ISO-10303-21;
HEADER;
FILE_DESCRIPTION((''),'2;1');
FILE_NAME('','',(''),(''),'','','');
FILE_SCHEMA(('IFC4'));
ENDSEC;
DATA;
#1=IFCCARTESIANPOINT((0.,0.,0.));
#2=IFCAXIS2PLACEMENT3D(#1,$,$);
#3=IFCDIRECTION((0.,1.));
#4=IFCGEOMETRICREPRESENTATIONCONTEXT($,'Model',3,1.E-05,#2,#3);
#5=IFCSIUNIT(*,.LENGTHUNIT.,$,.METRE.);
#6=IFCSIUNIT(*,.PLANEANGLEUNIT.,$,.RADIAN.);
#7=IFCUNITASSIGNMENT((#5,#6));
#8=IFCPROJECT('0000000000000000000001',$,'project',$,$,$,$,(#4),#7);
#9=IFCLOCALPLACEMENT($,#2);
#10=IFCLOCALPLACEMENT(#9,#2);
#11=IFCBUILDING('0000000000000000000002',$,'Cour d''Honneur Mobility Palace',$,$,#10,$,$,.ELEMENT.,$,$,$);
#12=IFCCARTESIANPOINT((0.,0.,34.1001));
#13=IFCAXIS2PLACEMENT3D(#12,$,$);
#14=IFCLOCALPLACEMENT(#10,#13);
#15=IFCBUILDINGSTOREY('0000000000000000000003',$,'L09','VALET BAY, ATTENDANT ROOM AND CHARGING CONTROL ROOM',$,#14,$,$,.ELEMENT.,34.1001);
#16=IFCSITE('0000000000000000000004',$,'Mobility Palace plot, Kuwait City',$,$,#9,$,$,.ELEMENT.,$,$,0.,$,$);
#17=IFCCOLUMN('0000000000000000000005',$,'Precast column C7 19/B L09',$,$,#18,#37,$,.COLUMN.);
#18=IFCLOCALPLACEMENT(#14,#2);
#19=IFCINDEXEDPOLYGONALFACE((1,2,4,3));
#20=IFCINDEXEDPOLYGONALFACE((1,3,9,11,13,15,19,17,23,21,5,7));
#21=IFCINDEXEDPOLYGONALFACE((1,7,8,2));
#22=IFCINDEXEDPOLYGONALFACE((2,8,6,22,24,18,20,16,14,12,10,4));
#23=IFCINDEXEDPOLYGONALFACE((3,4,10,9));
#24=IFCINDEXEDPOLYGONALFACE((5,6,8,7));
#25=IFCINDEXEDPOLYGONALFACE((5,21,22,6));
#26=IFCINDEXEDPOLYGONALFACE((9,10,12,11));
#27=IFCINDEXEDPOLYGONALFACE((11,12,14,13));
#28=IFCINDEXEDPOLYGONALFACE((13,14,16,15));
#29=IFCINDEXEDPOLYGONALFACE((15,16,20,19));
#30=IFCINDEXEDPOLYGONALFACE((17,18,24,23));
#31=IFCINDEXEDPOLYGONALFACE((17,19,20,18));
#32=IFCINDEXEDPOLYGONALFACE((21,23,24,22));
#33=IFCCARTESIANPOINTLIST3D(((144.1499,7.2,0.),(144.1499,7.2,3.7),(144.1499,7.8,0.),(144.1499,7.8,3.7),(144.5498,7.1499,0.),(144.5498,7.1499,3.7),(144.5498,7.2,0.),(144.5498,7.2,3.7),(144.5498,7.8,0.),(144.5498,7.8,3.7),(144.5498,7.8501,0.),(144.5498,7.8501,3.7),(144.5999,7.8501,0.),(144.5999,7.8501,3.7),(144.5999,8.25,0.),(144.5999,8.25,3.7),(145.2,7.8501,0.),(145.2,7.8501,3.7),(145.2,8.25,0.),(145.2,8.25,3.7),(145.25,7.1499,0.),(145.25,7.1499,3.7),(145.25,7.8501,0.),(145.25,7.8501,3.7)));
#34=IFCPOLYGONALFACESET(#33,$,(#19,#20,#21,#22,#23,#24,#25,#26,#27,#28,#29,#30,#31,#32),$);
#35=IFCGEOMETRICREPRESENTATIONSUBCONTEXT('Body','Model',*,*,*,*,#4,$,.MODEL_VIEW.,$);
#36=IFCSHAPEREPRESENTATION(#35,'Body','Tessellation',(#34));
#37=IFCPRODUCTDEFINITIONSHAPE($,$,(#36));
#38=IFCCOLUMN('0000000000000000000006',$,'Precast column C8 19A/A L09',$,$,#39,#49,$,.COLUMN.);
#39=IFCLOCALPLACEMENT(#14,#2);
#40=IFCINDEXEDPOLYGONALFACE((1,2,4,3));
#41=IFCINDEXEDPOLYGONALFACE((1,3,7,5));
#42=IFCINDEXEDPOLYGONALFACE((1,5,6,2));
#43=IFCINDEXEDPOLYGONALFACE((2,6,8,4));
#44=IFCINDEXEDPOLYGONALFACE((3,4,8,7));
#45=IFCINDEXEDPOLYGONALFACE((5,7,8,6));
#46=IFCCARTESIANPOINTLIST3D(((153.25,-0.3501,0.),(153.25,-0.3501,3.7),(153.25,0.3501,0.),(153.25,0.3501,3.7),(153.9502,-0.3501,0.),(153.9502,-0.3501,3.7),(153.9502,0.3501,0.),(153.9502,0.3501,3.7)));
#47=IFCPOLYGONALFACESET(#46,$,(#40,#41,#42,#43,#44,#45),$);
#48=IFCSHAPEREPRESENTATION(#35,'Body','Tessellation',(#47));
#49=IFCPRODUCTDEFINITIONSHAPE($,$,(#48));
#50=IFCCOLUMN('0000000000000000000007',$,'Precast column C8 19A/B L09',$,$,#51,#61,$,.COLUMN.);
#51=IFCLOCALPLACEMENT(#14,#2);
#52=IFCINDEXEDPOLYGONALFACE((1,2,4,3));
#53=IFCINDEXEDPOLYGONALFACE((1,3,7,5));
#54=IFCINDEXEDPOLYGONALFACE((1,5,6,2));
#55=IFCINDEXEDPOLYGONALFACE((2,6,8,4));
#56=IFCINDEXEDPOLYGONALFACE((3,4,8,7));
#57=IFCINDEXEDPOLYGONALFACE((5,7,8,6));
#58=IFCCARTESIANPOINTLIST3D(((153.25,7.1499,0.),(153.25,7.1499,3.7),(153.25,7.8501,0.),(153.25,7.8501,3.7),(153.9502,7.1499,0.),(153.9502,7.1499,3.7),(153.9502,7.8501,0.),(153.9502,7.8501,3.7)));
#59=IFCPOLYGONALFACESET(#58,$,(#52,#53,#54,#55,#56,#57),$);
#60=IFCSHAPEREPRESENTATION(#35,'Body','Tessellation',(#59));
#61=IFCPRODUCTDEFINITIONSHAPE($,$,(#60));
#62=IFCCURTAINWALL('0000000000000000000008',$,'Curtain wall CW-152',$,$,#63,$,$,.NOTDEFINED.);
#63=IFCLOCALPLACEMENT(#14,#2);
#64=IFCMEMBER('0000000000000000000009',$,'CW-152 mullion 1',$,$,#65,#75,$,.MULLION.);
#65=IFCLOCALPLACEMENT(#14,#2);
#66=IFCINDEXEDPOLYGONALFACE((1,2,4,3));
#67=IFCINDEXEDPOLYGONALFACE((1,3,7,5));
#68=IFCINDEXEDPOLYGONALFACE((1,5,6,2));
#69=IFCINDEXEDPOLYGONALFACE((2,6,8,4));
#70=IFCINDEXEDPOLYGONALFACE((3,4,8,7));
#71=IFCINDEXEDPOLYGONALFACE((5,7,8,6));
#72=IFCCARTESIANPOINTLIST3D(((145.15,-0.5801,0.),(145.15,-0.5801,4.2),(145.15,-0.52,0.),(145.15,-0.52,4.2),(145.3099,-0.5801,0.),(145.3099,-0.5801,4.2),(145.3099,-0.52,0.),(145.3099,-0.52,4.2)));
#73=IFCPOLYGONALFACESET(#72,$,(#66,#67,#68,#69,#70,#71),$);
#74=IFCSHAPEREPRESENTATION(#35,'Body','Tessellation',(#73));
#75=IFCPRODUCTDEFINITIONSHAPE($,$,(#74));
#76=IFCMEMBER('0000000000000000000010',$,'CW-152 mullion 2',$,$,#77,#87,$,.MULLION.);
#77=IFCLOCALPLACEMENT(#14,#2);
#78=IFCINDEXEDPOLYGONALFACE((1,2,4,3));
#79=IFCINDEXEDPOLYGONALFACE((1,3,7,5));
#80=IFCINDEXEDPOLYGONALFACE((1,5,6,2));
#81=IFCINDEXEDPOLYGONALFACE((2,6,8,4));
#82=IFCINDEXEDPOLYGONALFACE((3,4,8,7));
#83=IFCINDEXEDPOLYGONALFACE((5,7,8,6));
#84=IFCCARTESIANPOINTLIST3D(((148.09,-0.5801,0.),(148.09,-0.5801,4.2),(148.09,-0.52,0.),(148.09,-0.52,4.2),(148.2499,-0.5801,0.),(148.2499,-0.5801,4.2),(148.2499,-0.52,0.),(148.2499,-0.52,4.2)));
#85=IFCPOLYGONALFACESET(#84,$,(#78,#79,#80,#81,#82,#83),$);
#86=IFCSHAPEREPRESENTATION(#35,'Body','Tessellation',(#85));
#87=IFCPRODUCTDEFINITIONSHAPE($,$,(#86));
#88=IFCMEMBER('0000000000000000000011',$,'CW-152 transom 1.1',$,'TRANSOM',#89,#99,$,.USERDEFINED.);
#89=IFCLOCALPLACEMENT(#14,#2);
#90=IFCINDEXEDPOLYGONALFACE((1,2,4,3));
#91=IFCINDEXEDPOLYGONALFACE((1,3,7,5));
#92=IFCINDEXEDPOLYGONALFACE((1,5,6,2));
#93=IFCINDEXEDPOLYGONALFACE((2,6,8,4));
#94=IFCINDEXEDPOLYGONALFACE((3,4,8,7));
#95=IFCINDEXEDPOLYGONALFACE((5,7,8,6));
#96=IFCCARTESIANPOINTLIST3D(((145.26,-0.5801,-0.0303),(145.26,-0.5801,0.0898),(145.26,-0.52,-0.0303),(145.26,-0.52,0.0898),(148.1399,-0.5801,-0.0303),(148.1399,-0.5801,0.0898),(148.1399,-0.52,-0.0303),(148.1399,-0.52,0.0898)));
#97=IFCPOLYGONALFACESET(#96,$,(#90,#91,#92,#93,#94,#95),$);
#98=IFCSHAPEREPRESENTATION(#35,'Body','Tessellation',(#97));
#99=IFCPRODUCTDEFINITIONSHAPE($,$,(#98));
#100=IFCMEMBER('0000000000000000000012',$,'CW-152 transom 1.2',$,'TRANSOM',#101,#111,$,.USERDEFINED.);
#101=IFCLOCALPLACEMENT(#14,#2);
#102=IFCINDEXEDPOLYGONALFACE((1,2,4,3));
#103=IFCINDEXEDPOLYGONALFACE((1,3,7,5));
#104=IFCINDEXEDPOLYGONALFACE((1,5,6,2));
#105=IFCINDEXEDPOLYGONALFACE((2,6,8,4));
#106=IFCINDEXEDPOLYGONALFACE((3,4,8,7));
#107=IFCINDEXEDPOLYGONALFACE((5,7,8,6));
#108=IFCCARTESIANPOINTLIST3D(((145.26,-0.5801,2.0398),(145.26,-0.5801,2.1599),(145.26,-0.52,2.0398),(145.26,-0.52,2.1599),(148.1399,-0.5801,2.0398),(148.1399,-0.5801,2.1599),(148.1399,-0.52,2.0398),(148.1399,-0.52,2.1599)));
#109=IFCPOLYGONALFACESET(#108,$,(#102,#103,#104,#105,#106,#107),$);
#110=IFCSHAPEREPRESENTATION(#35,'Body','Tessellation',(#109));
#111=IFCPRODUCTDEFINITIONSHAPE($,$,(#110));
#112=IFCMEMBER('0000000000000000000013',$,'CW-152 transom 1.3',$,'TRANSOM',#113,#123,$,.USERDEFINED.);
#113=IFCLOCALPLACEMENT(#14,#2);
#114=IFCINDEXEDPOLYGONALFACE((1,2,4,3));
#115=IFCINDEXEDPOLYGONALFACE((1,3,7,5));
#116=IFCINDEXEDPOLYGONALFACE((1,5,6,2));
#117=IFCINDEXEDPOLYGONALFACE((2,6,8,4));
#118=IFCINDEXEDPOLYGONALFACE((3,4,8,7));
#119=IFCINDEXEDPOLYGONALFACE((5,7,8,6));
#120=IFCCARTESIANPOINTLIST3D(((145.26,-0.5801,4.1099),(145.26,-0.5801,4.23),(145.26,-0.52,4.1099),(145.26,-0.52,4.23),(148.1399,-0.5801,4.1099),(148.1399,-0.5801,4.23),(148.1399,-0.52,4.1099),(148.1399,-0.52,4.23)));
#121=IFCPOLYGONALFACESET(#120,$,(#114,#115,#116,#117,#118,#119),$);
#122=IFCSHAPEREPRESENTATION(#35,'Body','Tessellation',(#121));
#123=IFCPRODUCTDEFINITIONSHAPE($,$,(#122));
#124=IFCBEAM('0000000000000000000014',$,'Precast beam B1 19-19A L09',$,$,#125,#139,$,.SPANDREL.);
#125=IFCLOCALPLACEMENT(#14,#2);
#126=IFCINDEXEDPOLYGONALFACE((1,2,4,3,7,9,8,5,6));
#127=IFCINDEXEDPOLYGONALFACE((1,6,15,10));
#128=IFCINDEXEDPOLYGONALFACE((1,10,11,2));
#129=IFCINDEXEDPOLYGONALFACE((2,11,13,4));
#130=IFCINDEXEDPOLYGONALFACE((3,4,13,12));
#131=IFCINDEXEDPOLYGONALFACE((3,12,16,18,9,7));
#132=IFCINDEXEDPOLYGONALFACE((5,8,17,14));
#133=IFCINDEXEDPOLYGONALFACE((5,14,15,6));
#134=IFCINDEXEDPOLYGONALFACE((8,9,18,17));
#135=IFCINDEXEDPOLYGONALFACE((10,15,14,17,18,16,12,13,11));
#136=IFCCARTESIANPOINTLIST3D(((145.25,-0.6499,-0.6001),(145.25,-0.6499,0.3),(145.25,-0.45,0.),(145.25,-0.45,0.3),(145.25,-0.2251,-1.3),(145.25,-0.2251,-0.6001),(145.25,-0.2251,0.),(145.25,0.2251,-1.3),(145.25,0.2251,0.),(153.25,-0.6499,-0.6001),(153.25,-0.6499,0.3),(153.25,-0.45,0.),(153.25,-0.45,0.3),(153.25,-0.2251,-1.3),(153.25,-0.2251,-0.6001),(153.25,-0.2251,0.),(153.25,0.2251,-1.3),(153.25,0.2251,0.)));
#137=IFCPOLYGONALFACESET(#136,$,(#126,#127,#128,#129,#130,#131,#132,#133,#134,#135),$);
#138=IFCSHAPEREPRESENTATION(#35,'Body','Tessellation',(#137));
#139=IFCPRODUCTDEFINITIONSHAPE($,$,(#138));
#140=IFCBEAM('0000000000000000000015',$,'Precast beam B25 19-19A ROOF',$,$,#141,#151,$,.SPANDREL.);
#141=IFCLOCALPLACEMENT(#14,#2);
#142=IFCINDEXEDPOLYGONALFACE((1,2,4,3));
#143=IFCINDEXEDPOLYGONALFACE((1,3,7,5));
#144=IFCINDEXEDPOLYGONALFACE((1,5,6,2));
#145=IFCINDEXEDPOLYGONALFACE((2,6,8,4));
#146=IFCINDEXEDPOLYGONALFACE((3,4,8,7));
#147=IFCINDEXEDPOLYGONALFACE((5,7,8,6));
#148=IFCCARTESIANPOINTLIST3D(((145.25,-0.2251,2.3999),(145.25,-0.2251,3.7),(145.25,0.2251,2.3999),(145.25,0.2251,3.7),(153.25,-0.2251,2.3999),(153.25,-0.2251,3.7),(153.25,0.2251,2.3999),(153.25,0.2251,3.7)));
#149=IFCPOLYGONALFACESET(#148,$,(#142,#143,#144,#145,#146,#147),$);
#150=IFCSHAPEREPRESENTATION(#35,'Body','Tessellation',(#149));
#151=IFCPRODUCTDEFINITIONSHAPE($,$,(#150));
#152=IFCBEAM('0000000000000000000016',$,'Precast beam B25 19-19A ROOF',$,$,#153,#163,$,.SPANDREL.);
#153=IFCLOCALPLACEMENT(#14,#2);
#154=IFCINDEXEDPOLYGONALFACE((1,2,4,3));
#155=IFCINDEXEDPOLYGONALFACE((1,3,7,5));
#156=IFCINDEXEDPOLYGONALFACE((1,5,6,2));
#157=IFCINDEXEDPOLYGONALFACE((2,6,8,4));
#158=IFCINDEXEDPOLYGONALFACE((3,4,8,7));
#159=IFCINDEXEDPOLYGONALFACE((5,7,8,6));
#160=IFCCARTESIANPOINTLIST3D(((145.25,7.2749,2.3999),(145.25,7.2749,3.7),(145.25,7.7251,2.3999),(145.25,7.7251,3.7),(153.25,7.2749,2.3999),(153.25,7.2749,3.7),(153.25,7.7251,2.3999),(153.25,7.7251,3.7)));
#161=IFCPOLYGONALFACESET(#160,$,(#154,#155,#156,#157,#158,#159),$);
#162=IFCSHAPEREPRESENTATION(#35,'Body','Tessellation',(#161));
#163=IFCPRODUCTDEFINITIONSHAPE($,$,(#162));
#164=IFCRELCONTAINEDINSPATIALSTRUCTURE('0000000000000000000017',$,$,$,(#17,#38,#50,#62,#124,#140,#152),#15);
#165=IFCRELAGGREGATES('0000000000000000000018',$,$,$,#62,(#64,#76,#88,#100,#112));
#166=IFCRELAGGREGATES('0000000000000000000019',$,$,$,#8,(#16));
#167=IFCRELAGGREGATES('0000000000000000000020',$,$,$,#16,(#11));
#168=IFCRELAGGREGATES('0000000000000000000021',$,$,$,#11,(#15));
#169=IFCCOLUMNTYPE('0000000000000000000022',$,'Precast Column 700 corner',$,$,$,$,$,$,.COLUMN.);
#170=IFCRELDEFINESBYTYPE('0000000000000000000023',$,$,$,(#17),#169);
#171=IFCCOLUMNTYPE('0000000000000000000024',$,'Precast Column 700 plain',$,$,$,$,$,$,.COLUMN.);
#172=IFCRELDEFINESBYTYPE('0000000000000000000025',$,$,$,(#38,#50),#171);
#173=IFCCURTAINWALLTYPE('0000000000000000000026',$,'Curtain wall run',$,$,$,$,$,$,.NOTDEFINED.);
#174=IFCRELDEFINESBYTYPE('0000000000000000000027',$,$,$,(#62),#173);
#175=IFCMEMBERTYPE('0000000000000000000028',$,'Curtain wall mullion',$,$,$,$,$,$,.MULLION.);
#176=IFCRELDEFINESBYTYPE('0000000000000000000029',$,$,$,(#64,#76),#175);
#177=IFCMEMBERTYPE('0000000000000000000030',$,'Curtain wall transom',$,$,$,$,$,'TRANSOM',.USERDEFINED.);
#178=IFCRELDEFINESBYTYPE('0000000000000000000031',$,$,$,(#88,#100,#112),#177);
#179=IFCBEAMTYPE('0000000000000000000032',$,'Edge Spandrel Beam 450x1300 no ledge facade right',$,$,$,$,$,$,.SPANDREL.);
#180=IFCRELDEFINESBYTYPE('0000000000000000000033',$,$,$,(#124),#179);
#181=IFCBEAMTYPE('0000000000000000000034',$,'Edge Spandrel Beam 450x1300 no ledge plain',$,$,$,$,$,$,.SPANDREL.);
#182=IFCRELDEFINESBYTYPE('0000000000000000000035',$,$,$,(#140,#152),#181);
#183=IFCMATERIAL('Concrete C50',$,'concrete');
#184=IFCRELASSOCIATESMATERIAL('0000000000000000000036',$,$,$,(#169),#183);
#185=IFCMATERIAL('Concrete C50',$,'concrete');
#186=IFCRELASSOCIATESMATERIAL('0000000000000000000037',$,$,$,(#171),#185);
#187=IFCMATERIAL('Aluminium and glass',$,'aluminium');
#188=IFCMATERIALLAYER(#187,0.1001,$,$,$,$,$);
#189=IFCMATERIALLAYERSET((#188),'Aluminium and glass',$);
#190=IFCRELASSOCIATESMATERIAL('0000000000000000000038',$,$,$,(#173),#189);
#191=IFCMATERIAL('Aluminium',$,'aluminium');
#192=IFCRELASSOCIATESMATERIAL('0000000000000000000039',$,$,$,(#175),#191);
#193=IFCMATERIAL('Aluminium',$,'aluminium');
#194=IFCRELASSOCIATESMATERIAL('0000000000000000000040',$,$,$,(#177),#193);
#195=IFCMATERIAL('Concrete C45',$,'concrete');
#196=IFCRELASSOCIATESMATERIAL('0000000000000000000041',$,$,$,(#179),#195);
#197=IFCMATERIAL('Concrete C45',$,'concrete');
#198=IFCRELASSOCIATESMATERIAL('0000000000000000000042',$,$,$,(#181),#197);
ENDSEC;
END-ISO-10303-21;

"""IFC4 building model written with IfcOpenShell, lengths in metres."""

from ifc_helpers import new_model, si_unit, direction, frame, origin, origin_2d, place, context, subcontext, project, spatial, polyline, rectangle, outline, extrude, material, layer, layer_set, material_profile, profile_set, type_object, element, aggregate, save


model = new_model("IFC4")

# Units and contexts
model_context = context("Model", 3, precision=1e-05, world=origin(), true_north=direction((0.0, 1.0)))
body_context = subcontext(model_context, "Body", "Model", "MODEL_VIEW")
ifc_project = project(units=[si_unit("LENGTHUNIT", "METRE"), si_unit("PLANEANGLEUNIT", "RADIAN")], contexts=[model_context])

# Site, building, storey
site_placement = place(None, origin())
site = spatial("IfcSite", under=ifc_project, at=site_placement, Name="Mobility Palace plot, Kuwait City", CompositionType="ELEMENT", RefElevation=0.0)
building_placement = place(site_placement, origin())
building = spatial("IfcBuilding", under=site, at=building_placement, Name="Cour d'Honneur Mobility Palace", CompositionType="ELEMENT")
storey_placement = place(building_placement, frame((0.0, 0.0, 34.1001)))
storey = spatial("IfcBuildingStorey", under=building, at=storey_placement, Name="L09", Description="VALET BAY, ATTENDANT ROOM AND CHARGING CONTROL ROOM", CompositionType="ELEMENT", Elevation=34.1001)

# Columns
ifc_material_1 = material(Name="Concrete C50", Category="concrete")
ifc_material_profile_1 = material_profile(ifc_material_1, outline(polyline([(-0.3501, -0.3501), (0.3501, -0.3501), (0.3501, -0.3), (0.75, -0.3), (0.75, 0.3), (0.3501, 0.3), (0.3501, 0.3501), (0.3, 0.3501), (0.3, 0.75), (-0.3, 0.75), (-0.3, 0.3501), (-0.3501, 0.3501), (-0.3501, -0.3501)])), Name="PC C700 corner")
ifc_profile_set_1 = profile_set([ifc_material_profile_1], Name="Concrete C50")
column_type_1 = type_object("IfcColumnType", Name="Precast Column 700 corner", PredefinedType="COLUMN", material=ifc_profile_set_1)
column_placement = place(storey_placement, frame((144.8999, 7.5, 0.0), z_axis=(0.0, 0.0, 1.0), x_axis=(0.0, 1.0, 0.0)))
element("IfcColumn", 1, at=column_placement, inside=storey, type_object=column_type_1, Name="Precast column C7 19/B L09", PredefinedType="COLUMN", context=body_context, shape_type="SweptSolid", body=[
    extrude(outline(polyline([(-0.3501, -0.3501), (0.3501, -0.3501), (0.3501, -0.3), (0.75, -0.3), (0.75, 0.3), (0.3501, 0.3), (0.3501, 0.3501), (0.3, 0.3501), (0.3, 0.75), (-0.3, 0.75), (-0.3, 0.3501), (-0.3501, 0.3501), (-0.3501, -0.3501)])), origin(), (0.0, 0.0, 1.0), 3.7),
])
ifc_material_2 = material(Name="Concrete C50", Category="concrete")
ifc_material_profile_2 = material_profile(ifc_material_2, outline(polyline([(-0.3501, -0.3501), (0.3501, -0.3501), (0.3501, 0.3501), (-0.3501, 0.3501), (-0.3501, -0.3501)])), Name="PC C700 plain")
ifc_profile_set_2 = profile_set([ifc_material_profile_2], Name="Concrete C50")
column_type_2 = type_object("IfcColumnType", Name="Precast Column 700 plain", PredefinedType="COLUMN", material=ifc_profile_set_2)
for number, where, z_axis, x_axis, name in (
    (2, (153.6001, 0.0, 0.0), (0.0, 0.0, 1.0), (1.0, 0.0, 0.0), "Precast column C8 19A/A L09"),
    (3, (153.6001, 7.5, 0.0), (0.0, 0.0, 1.0), (1.0, 0.0, 0.0), "Precast column C8 19A/B L09"),
):
    element("IfcColumn", number, at=place(storey_placement, frame(where, z_axis=z_axis, x_axis=x_axis)), inside=storey, type_object=column_type_2, Name=name, PredefinedType="COLUMN", context=body_context, shape_type="SweptSolid", body=[
        extrude(outline(polyline([(-0.3501, -0.3501), (0.3501, -0.3501), (0.3501, 0.3501), (-0.3501, 0.3501), (-0.3501, -0.3501)])), origin(), (0.0, 0.0, 1.0), 3.7),
    ])

# Curtain wall, members
ifc_material_3 = material(Name="Aluminium and glass", Category="aluminium")
ifc_layer_1 = layer(ifc_material_3, 0.1001)
ifc_layer_set_1 = layer_set([ifc_layer_1], Name="Aluminium and glass")
curtain_wall_type = type_object("IfcCurtainWallType", Name="Curtain wall run", PredefinedType="NOTDEFINED", material=ifc_layer_set_1)
curtain_wall_placement = place(storey_placement, origin())
curtain_wall = element("IfcCurtainWall", 4, at=curtain_wall_placement, inside=storey, type_object=curtain_wall_type, Name="Curtain wall CW-152", PredefinedType="NOTDEFINED")
ifc_material_4 = material(Name="Aluminium", Category="aluminium")
ifc_material_profile_3 = material_profile(ifc_material_4, rectangle(XDim=0.0601, YDim=0.1599, at=origin_2d()), Name="Curtain wall mullion")
ifc_profile_set_3 = profile_set([ifc_material_profile_3], Name="Aluminium")
member_type_1 = type_object("IfcMemberType", Name="Curtain wall mullion", PredefinedType="MULLION", material=ifc_profile_set_3)
member_1_placement = place(storey_placement, frame((145.23, -0.55, 0.0), z_axis=(0.0, 0.0, 1.0), x_axis=(0.0, 1.0, 0.0)))
member_1 = element("IfcMember", 5, at=member_1_placement, type_object=member_type_1, Name="CW-152 mullion 1", PredefinedType="MULLION", context=body_context, shape_type="SweptSolid", body=[
    extrude(rectangle(XDim=0.0601, YDim=0.1599, at=origin_2d()), origin(), (0.0, 0.0, 1.0), 4.2),
])
member_2_placement = place(storey_placement, frame((148.1699, -0.55, 0.0), z_axis=(0.0, 0.0, 1.0), x_axis=(0.0, 1.0, 0.0)))
member_2 = element("IfcMember", 6, at=member_2_placement, type_object=member_type_1, Name="CW-152 mullion 2", PredefinedType="MULLION", context=body_context, shape_type="SweptSolid", body=[
    extrude(rectangle(XDim=0.0601, YDim=0.1599, at=origin_2d()), origin(), (0.0, 0.0, 1.0), 4.2),
])
ifc_material_5 = material(Name="Aluminium", Category="aluminium")
ifc_material_profile_4 = material_profile(ifc_material_5, rectangle(XDim=0.0601, YDim=0.1201, at=origin_2d()), Name="Curtain wall transom")
ifc_profile_set_4 = profile_set([ifc_material_profile_4], Name="Aluminium")
member_type_2 = type_object("IfcMemberType", Name="Curtain wall transom", ElementType="TRANSOM", PredefinedType="USERDEFINED", material=ifc_profile_set_4)
member_3_placement = place(storey_placement, frame((145.26, -0.55, 0.0298), z_axis=(1.0, 0.0, 0.0), x_axis=(0.0, 1.0, 0.0)))
member_3 = element("IfcMember", 7, at=member_3_placement, type_object=member_type_2, Name="CW-152 transom 1.1", ObjectType="TRANSOM", PredefinedType="USERDEFINED", context=body_context, shape_type="SweptSolid", body=[
    extrude(rectangle(XDim=0.0601, YDim=0.1201, at=origin_2d()), origin(), (0.0, 0.0, 1.0), 2.8799),
])
member_4_placement = place(storey_placement, frame((145.26, -0.55, 2.0999), z_axis=(1.0, 0.0, 0.0), x_axis=(0.0, 1.0, 0.0)))
member_4 = element("IfcMember", 8, at=member_4_placement, type_object=member_type_2, Name="CW-152 transom 1.2", ObjectType="TRANSOM", PredefinedType="USERDEFINED", context=body_context, shape_type="SweptSolid", body=[
    extrude(rectangle(XDim=0.0601, YDim=0.1201, at=origin_2d()), origin(), (0.0, 0.0, 1.0), 2.8799),
])
member_5_placement = place(storey_placement, frame((145.26, -0.55, 4.1699), z_axis=(1.0, 0.0, 0.0), x_axis=(0.0, 1.0, 0.0)))
member_5 = element("IfcMember", 9, at=member_5_placement, type_object=member_type_2, Name="CW-152 transom 1.3", ObjectType="TRANSOM", PredefinedType="USERDEFINED", context=body_context, shape_type="SweptSolid", body=[
    extrude(rectangle(XDim=0.0601, YDim=0.1201, at=origin_2d()), origin(), (0.0, 0.0, 1.0), 2.8799),
])

# Beams
ifc_material_6 = material(Name="Concrete C45", Category="concrete")
ifc_material_profile_5 = material_profile(ifc_material_6, outline(polyline([(0.2251, -1.3), (0.2251, 0.0), (-0.2251, 0.0), (-0.45, 0.0), (-0.45, 0.3), (-0.6499, 0.3), (-0.6499, -0.6001), (-0.2251, -0.6001), (-0.2251, -1.3), (0.2251, -1.3)])), Name="Edge Spandrel Beam 450x1300 no ledge facade right")
ifc_profile_set_5 = profile_set([ifc_material_profile_5], Name="Concrete C45")
beam_type_1 = type_object("IfcBeamType", Name="Edge Spandrel Beam 450x1300 no ledge facade right", PredefinedType="SPANDREL", material=ifc_profile_set_5)
beam_1_placement = place(storey_placement, frame((145.25, 0.0, 0.0), z_axis=(1.0, 0.0, 0.0), x_axis=(0.0, 1.0, 0.0)))
element("IfcBeam", 10, at=beam_1_placement, inside=storey, type_object=beam_type_1, Name="Precast beam B1 19-19A L09", PredefinedType="SPANDREL", context=body_context, shape_type="SweptSolid", body=[
    extrude(outline(polyline([(0.2251, -1.3), (0.2251, 0.0), (-0.2251, 0.0), (-0.45, 0.0), (-0.45, 0.3), (-0.6499, 0.3), (-0.6499, -0.6001), (-0.2251, -0.6001), (-0.2251, -1.3), (0.2251, -1.3)])), origin(), (0.0, 0.0, 1.0), 8.0),
])
ifc_material_7 = material(Name="Concrete C45", Category="concrete")
ifc_material_profile_6 = material_profile(ifc_material_7, outline(polyline([(0.2251, -1.3), (0.2251, 0.0), (-0.2251, 0.0), (-0.2251, -1.3), (0.2251, -1.3)])), Name="Edge Spandrel Beam 450x1300 no ledge plain")
ifc_profile_set_6 = profile_set([ifc_material_profile_6], Name="Concrete C45")
beam_type_2 = type_object("IfcBeamType", Name="Edge Spandrel Beam 450x1300 no ledge plain", PredefinedType="SPANDREL", material=ifc_profile_set_6)
for number, where, z_axis, x_axis, name in (
    (11, (145.25, 0.0, 3.7), (1.0, 0.0, 0.0), (0.0, 1.0, 0.0), "Precast beam B25 19-19A ROOF"),
    (12, (145.25, 7.5, 3.7), (1.0, 0.0, 0.0), (0.0, 1.0, 0.0), "Precast beam B25 19-19A ROOF"),
):
    element("IfcBeam", number, at=place(storey_placement, frame(where, z_axis=z_axis, x_axis=x_axis)), inside=storey, type_object=beam_type_2, Name=name, PredefinedType="SPANDREL", context=body_context, shape_type="SweptSolid", body=[
        extrude(outline(polyline([(0.2251, -1.3), (0.2251, 0.0), (-0.2251, 0.0), (-0.2251, -1.3), (0.2251, -1.3)])), origin(), (0.0, 0.0, 1.0), 8.0),
    ])

aggregate(curtain_wall, [member_1, member_2, member_3, member_4, member_5])

save(model, "model.ifc")
